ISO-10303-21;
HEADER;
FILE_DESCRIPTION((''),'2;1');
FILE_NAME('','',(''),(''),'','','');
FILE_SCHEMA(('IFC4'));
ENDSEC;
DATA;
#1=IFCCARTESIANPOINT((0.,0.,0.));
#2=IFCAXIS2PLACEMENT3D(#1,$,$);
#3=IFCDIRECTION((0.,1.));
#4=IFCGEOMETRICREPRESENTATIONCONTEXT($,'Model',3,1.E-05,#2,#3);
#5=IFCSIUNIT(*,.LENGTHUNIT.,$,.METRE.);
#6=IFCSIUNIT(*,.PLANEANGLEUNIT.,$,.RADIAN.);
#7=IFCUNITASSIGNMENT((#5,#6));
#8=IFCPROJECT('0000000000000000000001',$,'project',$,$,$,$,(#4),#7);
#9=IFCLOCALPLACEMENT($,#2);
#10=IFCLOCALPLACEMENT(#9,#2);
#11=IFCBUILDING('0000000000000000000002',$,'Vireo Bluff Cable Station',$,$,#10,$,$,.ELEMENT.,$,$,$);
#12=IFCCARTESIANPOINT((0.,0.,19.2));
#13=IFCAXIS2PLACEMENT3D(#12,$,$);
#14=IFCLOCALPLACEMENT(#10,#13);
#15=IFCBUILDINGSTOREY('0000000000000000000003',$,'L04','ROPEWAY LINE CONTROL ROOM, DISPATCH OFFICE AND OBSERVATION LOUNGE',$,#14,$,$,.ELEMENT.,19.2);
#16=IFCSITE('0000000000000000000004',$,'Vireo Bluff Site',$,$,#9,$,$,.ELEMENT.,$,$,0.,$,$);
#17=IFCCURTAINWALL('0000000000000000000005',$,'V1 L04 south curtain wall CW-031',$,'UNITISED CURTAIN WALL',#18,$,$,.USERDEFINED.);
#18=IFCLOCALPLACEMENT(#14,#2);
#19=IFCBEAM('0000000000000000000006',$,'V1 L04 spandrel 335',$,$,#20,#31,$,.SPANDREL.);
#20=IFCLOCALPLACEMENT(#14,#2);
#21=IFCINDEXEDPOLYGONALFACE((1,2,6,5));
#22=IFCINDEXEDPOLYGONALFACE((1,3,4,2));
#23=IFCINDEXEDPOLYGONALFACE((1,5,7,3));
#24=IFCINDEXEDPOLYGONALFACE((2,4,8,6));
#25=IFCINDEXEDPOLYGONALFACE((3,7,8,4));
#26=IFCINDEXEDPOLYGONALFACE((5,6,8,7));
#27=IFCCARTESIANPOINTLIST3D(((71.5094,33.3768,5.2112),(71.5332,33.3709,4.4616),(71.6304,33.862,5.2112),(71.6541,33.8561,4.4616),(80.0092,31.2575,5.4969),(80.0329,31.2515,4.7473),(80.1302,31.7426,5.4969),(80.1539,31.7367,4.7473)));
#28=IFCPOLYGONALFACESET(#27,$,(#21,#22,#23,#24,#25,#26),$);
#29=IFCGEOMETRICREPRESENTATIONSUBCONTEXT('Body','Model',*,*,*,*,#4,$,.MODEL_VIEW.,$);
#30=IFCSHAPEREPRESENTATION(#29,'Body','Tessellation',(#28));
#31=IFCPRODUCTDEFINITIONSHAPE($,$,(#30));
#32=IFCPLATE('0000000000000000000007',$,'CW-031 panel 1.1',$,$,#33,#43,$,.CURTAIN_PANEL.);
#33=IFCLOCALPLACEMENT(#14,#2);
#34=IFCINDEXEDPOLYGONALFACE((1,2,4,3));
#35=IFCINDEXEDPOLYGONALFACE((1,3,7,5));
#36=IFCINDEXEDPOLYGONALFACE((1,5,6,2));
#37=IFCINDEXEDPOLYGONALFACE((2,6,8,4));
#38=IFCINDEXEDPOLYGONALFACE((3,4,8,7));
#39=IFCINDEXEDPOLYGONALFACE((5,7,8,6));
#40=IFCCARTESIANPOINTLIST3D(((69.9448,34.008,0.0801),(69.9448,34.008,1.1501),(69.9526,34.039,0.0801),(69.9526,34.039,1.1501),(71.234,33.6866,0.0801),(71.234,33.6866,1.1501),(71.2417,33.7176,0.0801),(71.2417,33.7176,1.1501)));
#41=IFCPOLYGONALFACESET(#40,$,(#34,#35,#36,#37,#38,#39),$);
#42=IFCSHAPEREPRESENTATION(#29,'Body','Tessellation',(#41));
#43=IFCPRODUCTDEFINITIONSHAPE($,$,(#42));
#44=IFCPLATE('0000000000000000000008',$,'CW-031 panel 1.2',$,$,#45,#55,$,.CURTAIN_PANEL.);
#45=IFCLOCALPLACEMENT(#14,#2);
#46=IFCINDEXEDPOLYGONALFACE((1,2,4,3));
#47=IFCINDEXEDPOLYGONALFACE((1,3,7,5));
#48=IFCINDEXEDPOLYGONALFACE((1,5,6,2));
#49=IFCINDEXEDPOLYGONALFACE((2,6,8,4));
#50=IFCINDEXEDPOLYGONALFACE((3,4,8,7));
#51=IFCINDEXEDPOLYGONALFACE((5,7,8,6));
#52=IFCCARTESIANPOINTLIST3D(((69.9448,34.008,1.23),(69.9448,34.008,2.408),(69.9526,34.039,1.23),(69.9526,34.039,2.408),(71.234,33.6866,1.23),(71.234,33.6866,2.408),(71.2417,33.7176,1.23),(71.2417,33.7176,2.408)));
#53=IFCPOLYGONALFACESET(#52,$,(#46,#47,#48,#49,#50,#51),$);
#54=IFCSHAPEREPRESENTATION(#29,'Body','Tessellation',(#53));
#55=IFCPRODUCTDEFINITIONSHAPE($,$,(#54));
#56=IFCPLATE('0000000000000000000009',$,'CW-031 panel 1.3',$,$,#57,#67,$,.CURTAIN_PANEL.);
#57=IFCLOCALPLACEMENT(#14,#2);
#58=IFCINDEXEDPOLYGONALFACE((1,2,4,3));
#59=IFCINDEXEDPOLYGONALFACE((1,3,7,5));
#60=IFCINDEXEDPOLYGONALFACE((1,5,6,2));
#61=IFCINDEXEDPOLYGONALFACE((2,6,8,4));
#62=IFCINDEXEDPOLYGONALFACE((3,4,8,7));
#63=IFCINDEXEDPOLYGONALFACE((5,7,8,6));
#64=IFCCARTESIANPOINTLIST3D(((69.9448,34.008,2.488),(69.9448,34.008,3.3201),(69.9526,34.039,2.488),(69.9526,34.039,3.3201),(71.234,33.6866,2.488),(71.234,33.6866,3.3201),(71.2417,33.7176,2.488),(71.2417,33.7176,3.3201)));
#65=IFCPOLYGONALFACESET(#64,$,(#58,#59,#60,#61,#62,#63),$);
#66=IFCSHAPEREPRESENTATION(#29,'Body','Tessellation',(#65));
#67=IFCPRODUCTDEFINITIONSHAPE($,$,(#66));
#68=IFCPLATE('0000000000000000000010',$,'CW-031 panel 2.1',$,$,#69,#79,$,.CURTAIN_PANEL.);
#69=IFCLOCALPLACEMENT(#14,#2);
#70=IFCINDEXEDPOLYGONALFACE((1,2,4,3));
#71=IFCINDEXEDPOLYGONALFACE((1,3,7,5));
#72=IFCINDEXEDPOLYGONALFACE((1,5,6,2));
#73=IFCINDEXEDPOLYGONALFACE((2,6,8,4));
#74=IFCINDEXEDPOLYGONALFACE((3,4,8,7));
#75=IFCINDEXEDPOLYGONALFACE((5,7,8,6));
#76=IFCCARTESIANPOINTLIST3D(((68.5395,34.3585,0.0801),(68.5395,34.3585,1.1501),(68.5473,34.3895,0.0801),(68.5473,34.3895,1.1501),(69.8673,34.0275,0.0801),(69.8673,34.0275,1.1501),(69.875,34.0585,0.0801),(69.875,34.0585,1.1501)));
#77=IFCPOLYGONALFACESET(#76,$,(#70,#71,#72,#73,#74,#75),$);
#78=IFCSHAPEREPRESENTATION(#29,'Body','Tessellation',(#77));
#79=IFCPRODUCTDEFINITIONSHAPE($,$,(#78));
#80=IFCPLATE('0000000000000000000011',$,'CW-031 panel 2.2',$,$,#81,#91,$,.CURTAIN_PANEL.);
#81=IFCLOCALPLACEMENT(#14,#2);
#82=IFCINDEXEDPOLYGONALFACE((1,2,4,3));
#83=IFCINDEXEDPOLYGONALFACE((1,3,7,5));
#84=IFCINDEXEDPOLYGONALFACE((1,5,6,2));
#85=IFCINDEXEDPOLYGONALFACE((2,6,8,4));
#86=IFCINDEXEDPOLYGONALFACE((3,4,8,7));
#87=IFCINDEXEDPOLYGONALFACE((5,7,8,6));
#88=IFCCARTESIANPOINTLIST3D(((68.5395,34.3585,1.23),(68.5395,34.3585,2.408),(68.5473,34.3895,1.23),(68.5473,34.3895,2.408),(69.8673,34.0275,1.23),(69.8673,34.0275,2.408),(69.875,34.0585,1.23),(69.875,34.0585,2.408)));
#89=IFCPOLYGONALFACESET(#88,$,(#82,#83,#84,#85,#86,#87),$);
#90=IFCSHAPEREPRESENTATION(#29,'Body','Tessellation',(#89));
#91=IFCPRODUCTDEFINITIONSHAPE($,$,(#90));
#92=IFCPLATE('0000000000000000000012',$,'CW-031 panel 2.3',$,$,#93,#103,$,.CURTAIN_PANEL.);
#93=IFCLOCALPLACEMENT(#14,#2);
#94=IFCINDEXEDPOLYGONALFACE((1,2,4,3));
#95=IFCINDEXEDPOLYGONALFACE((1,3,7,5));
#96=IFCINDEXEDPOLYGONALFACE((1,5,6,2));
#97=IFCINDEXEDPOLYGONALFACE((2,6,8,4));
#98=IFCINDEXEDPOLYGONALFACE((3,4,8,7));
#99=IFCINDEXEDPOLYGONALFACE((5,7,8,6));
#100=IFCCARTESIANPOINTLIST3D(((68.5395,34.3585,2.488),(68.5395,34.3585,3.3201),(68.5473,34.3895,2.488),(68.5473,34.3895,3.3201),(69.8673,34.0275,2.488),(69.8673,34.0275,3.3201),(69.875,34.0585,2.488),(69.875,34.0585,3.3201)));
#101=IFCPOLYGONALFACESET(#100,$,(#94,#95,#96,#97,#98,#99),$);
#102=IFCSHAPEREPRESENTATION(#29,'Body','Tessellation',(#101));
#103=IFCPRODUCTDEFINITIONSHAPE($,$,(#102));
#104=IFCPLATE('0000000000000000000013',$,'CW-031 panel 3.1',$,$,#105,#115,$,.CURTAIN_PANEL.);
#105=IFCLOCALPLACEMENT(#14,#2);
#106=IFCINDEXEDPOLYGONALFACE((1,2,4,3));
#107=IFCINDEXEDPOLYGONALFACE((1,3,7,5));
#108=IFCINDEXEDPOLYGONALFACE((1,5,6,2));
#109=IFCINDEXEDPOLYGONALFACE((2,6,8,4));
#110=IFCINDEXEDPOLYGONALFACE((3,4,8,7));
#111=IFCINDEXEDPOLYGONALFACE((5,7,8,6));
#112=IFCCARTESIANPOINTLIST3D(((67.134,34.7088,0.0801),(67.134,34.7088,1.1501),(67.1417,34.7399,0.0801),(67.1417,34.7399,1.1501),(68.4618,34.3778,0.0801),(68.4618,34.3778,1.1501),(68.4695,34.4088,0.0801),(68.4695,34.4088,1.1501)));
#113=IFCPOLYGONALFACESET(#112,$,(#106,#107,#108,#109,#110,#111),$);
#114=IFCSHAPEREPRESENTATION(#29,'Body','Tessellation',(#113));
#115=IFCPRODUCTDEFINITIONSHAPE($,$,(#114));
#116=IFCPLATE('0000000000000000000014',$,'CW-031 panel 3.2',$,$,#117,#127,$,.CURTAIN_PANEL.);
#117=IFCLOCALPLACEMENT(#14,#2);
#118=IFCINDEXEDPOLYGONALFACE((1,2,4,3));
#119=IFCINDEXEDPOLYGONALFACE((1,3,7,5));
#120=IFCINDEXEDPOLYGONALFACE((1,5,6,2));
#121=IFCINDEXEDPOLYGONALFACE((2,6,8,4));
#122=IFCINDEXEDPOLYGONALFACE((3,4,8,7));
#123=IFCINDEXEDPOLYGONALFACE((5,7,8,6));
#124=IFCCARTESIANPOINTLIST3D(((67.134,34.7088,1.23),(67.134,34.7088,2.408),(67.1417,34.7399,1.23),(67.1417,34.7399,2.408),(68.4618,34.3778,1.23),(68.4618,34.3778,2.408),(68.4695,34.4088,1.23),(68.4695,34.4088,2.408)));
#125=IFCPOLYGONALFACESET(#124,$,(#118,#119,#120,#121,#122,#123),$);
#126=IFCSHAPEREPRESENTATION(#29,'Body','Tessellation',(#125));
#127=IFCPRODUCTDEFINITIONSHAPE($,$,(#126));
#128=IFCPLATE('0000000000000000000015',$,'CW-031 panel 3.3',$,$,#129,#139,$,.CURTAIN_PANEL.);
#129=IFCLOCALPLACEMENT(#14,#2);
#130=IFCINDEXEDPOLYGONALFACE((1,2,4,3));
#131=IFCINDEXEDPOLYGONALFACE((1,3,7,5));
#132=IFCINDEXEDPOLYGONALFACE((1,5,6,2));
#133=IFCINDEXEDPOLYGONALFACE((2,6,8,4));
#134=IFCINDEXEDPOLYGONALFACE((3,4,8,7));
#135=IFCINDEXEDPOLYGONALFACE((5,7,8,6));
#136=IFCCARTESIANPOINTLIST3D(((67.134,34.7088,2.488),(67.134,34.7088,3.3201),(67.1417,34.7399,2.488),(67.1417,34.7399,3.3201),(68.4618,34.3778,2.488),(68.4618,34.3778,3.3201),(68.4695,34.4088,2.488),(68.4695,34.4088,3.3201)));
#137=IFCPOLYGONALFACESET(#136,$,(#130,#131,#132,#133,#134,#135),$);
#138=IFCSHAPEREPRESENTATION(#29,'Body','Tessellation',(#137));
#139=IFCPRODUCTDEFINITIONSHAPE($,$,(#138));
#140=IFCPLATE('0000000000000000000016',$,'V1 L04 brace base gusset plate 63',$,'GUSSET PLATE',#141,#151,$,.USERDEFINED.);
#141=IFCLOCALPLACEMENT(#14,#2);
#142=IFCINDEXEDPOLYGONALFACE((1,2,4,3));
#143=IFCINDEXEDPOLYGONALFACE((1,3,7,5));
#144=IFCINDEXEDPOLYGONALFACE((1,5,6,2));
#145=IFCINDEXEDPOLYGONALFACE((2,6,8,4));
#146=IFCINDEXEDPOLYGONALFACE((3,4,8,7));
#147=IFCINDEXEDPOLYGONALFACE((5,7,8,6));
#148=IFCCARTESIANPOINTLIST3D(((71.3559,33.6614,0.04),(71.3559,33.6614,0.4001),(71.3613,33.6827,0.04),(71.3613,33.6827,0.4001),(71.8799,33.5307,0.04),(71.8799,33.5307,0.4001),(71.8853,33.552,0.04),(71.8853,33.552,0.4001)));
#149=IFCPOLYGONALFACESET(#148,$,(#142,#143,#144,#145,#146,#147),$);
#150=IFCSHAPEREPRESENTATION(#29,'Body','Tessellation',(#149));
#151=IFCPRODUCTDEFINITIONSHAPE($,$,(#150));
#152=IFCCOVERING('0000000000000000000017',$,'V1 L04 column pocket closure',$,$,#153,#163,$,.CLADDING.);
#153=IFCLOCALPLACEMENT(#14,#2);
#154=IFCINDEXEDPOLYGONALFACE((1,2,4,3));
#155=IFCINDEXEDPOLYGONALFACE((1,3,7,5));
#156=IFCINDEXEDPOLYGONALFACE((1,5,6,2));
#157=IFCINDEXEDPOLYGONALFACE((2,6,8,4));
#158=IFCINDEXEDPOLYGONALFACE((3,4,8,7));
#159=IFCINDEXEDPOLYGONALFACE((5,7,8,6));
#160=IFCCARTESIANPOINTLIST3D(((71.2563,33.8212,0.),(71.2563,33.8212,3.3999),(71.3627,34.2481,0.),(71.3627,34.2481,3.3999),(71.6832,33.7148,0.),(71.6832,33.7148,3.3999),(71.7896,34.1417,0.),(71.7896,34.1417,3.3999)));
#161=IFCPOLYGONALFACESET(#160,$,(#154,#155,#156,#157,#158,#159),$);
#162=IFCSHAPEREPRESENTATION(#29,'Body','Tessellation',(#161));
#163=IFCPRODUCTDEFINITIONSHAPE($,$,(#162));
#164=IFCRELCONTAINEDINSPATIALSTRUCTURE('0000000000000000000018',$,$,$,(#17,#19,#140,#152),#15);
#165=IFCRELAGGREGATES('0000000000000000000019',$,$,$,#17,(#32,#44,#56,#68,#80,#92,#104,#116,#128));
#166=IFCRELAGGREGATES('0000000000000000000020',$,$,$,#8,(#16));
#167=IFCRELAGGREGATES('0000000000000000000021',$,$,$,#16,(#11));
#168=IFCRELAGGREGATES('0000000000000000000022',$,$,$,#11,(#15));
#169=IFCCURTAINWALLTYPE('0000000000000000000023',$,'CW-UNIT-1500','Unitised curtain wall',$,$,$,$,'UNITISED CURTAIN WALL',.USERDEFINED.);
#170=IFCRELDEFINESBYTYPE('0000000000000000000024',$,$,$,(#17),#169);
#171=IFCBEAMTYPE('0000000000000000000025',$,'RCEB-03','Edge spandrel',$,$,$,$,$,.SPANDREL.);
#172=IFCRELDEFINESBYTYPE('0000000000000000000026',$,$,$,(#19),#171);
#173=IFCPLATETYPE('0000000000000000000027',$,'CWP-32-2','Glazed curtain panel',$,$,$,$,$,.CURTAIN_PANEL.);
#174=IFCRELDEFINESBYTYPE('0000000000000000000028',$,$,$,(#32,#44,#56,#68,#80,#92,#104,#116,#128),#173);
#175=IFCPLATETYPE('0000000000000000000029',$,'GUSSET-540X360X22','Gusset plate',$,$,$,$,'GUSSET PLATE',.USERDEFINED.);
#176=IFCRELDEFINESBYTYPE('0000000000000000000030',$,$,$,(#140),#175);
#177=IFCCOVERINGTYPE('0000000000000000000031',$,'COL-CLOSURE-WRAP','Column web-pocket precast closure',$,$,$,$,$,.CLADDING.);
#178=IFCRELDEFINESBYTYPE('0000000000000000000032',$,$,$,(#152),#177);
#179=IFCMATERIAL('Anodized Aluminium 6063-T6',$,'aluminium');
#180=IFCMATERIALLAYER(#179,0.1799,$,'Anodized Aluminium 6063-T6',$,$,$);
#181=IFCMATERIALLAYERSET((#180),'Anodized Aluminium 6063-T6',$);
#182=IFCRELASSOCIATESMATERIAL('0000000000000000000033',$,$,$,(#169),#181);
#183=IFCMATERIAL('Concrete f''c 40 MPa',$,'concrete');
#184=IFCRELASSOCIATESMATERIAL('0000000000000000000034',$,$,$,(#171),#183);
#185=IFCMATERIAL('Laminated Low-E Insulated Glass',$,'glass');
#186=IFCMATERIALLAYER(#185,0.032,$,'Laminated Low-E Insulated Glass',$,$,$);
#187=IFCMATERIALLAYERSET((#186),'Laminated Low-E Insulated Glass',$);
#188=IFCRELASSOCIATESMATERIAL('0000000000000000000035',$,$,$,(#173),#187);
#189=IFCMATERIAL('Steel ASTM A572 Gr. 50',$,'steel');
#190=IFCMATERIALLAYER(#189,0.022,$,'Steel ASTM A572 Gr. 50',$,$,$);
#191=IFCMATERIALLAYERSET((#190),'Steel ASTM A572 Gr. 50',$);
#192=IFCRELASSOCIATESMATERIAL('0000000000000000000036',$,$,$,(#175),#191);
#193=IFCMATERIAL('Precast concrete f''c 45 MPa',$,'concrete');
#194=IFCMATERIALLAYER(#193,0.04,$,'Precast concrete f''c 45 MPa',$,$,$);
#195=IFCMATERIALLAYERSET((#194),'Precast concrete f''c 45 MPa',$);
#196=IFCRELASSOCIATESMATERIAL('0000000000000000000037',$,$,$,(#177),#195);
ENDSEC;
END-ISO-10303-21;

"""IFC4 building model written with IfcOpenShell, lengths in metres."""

from ifc_helpers import new_model, si_unit, direction, frame, origin, origin_2d, place, context, subcontext, project, spatial, rectangle, extrude, material, layer, layer_set, material_profile, profile_set, type_object, element, aggregate, save


model = new_model("IFC4")

# Units and contexts
model_context = context("Model", 3, precision=1e-05, world=origin(), true_north=direction((0.0, 1.0)))
body_context = subcontext(model_context, "Body", "Model", "MODEL_VIEW")
ifc_project = project(units=[si_unit("LENGTHUNIT", "METRE"), si_unit("PLANEANGLEUNIT", "RADIAN")], contexts=[model_context])

# Site, building, storey
site_placement = place(None, origin())
site = spatial("IfcSite", under=ifc_project, at=site_placement, Name="Vireo Bluff Site", CompositionType="ELEMENT", RefElevation=0.0)
building_placement = place(site_placement, origin())
building = spatial("IfcBuilding", under=site, at=building_placement, Name="Vireo Bluff Cable Station", CompositionType="ELEMENT")
storey_placement = place(building_placement, frame((0.0, 0.0, 19.2)))
storey = spatial("IfcBuildingStorey", under=building, at=storey_placement, Name="L04", Description="ROPEWAY LINE CONTROL ROOM, DISPATCH OFFICE AND OBSERVATION LOUNGE", CompositionType="ELEMENT", Elevation=19.2)

# Curtain wall
ifc_material_1 = material(Name="Anodized Aluminium 6063-T6", Category="aluminium")
ifc_layer_1 = layer(ifc_material_1, 0.1799, Name="Anodized Aluminium 6063-T6")
ifc_layer_set_1 = layer_set([ifc_layer_1], Name="Anodized Aluminium 6063-T6")
curtain_wall_type = type_object("IfcCurtainWallType", Name="CW-UNIT-1500", Description="Unitised curtain wall", ElementType="UNITISED CURTAIN WALL", PredefinedType="USERDEFINED", material=ifc_layer_set_1)
curtain_wall_placement = place(storey_placement, origin())
curtain_wall = element("IfcCurtainWall", 1, at=curtain_wall_placement, inside=storey, type_object=curtain_wall_type, Name="V1 L04 south curtain wall CW-031", ObjectType="UNITISED CURTAIN WALL", PredefinedType="USERDEFINED")

# Beam
ifc_material_2 = material(Name="Concrete f'c 40 MPa", Category="concrete")
ifc_material_profile_1 = material_profile(ifc_material_2, rectangle(XDim=0.5, YDim=0.75, at=origin_2d()), Name="RC-EB-500X750")
ifc_profile_set_1 = profile_set([ifc_material_profile_1], Name="Concrete f'c 40 MPa")
beam_type_1 = type_object("IfcBeamType", Name="RCEB-03", Description="Edge spandrel", PredefinedType="SPANDREL", material=ifc_profile_set_1)
beam_1_placement = place(storey_placement, frame((71.5818, 33.6165, 4.8364), z_axis=(0.969776, -0.24181, 0.03259), x_axis=(0.241939, 0.970292, 0.0)))
element("IfcBeam", 2, at=beam_1_placement, inside=storey, type_object=beam_type_1, Name="V1 L04 spandrel 335", PredefinedType="SPANDREL", context=body_context, shape_type="SweptSolid", body=[
    extrude(rectangle(XDim=0.5, YDim=0.75, at=origin_2d()), origin(), (0.0, 0.0, 1.0), 8.7646),
])

# Plates
ifc_material_3 = material(Name="Laminated Low-E Insulated Glass", Category="glass")
ifc_layer_2 = layer(ifc_material_3, 0.032, Name="Laminated Low-E Insulated Glass")
ifc_layer_set_2 = layer_set([ifc_layer_2], Name="Laminated Low-E Insulated Glass")
plate_type_1 = type_object("IfcPlateType", Name="CWP-32-2", Description="Glazed curtain panel", PredefinedType="CURTAIN_PANEL", material=ifc_layer_set_2)
plate_1_placement = place(storey_placement, frame((70.5933, 33.8628, 0.0801), z_axis=(0.0, 0.0, 1.0), x_axis=(-0.970296, 0.241922, 0.0)))
plate_1 = element("IfcPlate", 3, at=plate_1_placement, type_object=plate_type_1, Name="CW-031 panel 1.1", PredefinedType="CURTAIN_PANEL", context=body_context, shape_type="SweptSolid", body=[
    extrude(rectangle(XDim=1.3286, YDim=0.032, at=origin_2d()), origin(), (0.0, 0.0, 1.0), 1.0701),
])
plate_2_placement = place(storey_placement, frame((70.5933, 33.8628, 1.23), z_axis=(0.0, 0.0, 1.0), x_axis=(-0.970296, 0.241922, 0.0)))
plate_2 = element("IfcPlate", 4, at=plate_2_placement, type_object=plate_type_1, Name="CW-031 panel 1.2", PredefinedType="CURTAIN_PANEL", context=body_context, shape_type="SweptSolid", body=[
    extrude(rectangle(XDim=1.3286, YDim=0.032, at=origin_2d()), origin(), (0.0, 0.0, 1.0), 1.178),
])
plate_3_placement = place(storey_placement, frame((70.5933, 33.8628, 2.488), z_axis=(0.0, 0.0, 1.0), x_axis=(-0.970296, 0.241922, 0.0)))
plate_3 = element("IfcPlate", 5, at=plate_3_placement, type_object=plate_type_1, Name="CW-031 panel 1.3", PredefinedType="CURTAIN_PANEL", context=body_context, shape_type="SweptSolid", body=[
    extrude(rectangle(XDim=1.3286, YDim=0.032, at=origin_2d()), origin(), (0.0, 0.0, 1.0), 0.832),
])
plate_4_placement = place(storey_placement, frame((69.2073, 34.2085, 0.0801), z_axis=(0.0, 0.0, 1.0), x_axis=(-0.970296, 0.241922, 0.0)))
plate_4 = element("IfcPlate", 6, at=plate_4_placement, type_object=plate_type_1, Name="CW-031 panel 2.1", PredefinedType="CURTAIN_PANEL", context=body_context, shape_type="SweptSolid", body=[
    extrude(rectangle(XDim=1.3684, YDim=0.032, at=origin_2d()), origin(), (0.0, 0.0, 1.0), 1.0701),
])
plate_5_placement = place(storey_placement, frame((69.2073, 34.2085, 1.23), z_axis=(0.0, 0.0, 1.0), x_axis=(-0.970296, 0.241922, 0.0)))
plate_5 = element("IfcPlate", 7, at=plate_5_placement, type_object=plate_type_1, Name="CW-031 panel 2.2", PredefinedType="CURTAIN_PANEL", context=body_context, shape_type="SweptSolid", body=[
    extrude(rectangle(XDim=1.3684, YDim=0.032, at=origin_2d()), origin(), (0.0, 0.0, 1.0), 1.178),
])
plate_6_placement = place(storey_placement, frame((69.2073, 34.2085, 2.488), z_axis=(0.0, 0.0, 1.0), x_axis=(-0.970296, 0.241922, 0.0)))
plate_6 = element("IfcPlate", 8, at=plate_6_placement, type_object=plate_type_1, Name="CW-031 panel 2.3", PredefinedType="CURTAIN_PANEL", context=body_context, shape_type="SweptSolid", body=[
    extrude(rectangle(XDim=1.3684, YDim=0.032, at=origin_2d()), origin(), (0.0, 0.0, 1.0), 0.832),
])
plate_7_placement = place(storey_placement, frame((67.8018, 34.5588, 0.0801), z_axis=(0.0, 0.0, 1.0), x_axis=(-0.970296, 0.241922, 0.0)))
plate_7 = element("IfcPlate", 9, at=plate_7_placement, type_object=plate_type_1, Name="CW-031 panel 3.1", PredefinedType="CURTAIN_PANEL", context=body_context, shape_type="SweptSolid", body=[
    extrude(rectangle(XDim=1.3684, YDim=0.032, at=origin_2d()), origin(), (0.0, 0.0, 1.0), 1.0701),
])
plate_8_placement = place(storey_placement, frame((67.8018, 34.5588, 1.23), z_axis=(0.0, 0.0, 1.0), x_axis=(-0.970296, 0.241922, 0.0)))
plate_8 = element("IfcPlate", 10, at=plate_8_placement, type_object=plate_type_1, Name="CW-031 panel 3.2", PredefinedType="CURTAIN_PANEL", context=body_context, shape_type="SweptSolid", body=[
    extrude(rectangle(XDim=1.3684, YDim=0.032, at=origin_2d()), origin(), (0.0, 0.0, 1.0), 1.178),
])
plate_9_placement = place(storey_placement, frame((67.8018, 34.5588, 2.488), z_axis=(0.0, 0.0, 1.0), x_axis=(-0.970296, 0.241922, 0.0)))
plate_9 = element("IfcPlate", 11, at=plate_9_placement, type_object=plate_type_1, Name="CW-031 panel 3.3", PredefinedType="CURTAIN_PANEL", context=body_context, shape_type="SweptSolid", body=[
    extrude(rectangle(XDim=1.3684, YDim=0.032, at=origin_2d()), origin(), (0.0, 0.0, 1.0), 0.832),
])
aggregate(curtain_wall, [plate_1, plate_2, plate_3, plate_4, plate_5, plate_6, plate_7, plate_8, plate_9])
ifc_material_4 = material(Name="Steel ASTM A572 Gr. 50", Category="steel")
ifc_layer_3 = layer(ifc_material_4, 0.022, Name="Steel ASTM A572 Gr. 50")
ifc_layer_set_3 = layer_set([ifc_layer_3], Name="Steel ASTM A572 Gr. 50")
plate_type_2 = type_object("IfcPlateType", Name="GUSSET-540X360X22", Description="Gusset plate", ElementType="GUSSET PLATE", PredefinedType="USERDEFINED", material=ifc_layer_set_3)
plate_10_placement = place(storey_placement, frame((71.6206, 33.6067, 0.04), z_axis=(0.0, 0.0, 1.0), x_axis=(0.970296, -0.241922, 0.0)))
element("IfcPlate", 12, at=plate_10_placement, inside=storey, type_object=plate_type_2, Name="V1 L04 brace base gusset plate 63", ObjectType="GUSSET PLATE", PredefinedType="USERDEFINED", context=body_context, shape_type="SweptSolid", body=[
    extrude(rectangle(XDim=0.54, YDim=0.022, at=origin_2d()), origin(), (0.0, 0.0, 1.0), 0.3601),
])

# Covering
ifc_material_5 = material(Name="Precast concrete f'c 45 MPa", Category="concrete")
ifc_layer_4 = layer(ifc_material_5, 0.04, Name="Precast concrete f'c 45 MPa")
ifc_layer_set_4 = layer_set([ifc_layer_4], Name="Precast concrete f'c 45 MPa")
covering_type = type_object("IfcCoveringType", Name="COL-CLOSURE-WRAP", Description="Column web-pocket precast closure", PredefinedType="CLADDING", material=ifc_layer_set_4)
covering_placement = place(storey_placement, frame((71.5229, 33.9814, 0.0), z_axis=(0.0, 0.0, 1.0), x_axis=(0.970296, -0.241922, 0.0)))
element("IfcCovering", 13, at=covering_placement, inside=storey, type_object=covering_type, Name="V1 L04 column pocket closure", PredefinedType="CLADDING", context=body_context, shape_type="SweptSolid", body=[
    extrude(rectangle(XDim=0.4399, YDim=0.4399, at=origin_2d()), origin(), (0.0, 0.0, 1.0), 3.3999),
])

save(model, "model.ifc")
